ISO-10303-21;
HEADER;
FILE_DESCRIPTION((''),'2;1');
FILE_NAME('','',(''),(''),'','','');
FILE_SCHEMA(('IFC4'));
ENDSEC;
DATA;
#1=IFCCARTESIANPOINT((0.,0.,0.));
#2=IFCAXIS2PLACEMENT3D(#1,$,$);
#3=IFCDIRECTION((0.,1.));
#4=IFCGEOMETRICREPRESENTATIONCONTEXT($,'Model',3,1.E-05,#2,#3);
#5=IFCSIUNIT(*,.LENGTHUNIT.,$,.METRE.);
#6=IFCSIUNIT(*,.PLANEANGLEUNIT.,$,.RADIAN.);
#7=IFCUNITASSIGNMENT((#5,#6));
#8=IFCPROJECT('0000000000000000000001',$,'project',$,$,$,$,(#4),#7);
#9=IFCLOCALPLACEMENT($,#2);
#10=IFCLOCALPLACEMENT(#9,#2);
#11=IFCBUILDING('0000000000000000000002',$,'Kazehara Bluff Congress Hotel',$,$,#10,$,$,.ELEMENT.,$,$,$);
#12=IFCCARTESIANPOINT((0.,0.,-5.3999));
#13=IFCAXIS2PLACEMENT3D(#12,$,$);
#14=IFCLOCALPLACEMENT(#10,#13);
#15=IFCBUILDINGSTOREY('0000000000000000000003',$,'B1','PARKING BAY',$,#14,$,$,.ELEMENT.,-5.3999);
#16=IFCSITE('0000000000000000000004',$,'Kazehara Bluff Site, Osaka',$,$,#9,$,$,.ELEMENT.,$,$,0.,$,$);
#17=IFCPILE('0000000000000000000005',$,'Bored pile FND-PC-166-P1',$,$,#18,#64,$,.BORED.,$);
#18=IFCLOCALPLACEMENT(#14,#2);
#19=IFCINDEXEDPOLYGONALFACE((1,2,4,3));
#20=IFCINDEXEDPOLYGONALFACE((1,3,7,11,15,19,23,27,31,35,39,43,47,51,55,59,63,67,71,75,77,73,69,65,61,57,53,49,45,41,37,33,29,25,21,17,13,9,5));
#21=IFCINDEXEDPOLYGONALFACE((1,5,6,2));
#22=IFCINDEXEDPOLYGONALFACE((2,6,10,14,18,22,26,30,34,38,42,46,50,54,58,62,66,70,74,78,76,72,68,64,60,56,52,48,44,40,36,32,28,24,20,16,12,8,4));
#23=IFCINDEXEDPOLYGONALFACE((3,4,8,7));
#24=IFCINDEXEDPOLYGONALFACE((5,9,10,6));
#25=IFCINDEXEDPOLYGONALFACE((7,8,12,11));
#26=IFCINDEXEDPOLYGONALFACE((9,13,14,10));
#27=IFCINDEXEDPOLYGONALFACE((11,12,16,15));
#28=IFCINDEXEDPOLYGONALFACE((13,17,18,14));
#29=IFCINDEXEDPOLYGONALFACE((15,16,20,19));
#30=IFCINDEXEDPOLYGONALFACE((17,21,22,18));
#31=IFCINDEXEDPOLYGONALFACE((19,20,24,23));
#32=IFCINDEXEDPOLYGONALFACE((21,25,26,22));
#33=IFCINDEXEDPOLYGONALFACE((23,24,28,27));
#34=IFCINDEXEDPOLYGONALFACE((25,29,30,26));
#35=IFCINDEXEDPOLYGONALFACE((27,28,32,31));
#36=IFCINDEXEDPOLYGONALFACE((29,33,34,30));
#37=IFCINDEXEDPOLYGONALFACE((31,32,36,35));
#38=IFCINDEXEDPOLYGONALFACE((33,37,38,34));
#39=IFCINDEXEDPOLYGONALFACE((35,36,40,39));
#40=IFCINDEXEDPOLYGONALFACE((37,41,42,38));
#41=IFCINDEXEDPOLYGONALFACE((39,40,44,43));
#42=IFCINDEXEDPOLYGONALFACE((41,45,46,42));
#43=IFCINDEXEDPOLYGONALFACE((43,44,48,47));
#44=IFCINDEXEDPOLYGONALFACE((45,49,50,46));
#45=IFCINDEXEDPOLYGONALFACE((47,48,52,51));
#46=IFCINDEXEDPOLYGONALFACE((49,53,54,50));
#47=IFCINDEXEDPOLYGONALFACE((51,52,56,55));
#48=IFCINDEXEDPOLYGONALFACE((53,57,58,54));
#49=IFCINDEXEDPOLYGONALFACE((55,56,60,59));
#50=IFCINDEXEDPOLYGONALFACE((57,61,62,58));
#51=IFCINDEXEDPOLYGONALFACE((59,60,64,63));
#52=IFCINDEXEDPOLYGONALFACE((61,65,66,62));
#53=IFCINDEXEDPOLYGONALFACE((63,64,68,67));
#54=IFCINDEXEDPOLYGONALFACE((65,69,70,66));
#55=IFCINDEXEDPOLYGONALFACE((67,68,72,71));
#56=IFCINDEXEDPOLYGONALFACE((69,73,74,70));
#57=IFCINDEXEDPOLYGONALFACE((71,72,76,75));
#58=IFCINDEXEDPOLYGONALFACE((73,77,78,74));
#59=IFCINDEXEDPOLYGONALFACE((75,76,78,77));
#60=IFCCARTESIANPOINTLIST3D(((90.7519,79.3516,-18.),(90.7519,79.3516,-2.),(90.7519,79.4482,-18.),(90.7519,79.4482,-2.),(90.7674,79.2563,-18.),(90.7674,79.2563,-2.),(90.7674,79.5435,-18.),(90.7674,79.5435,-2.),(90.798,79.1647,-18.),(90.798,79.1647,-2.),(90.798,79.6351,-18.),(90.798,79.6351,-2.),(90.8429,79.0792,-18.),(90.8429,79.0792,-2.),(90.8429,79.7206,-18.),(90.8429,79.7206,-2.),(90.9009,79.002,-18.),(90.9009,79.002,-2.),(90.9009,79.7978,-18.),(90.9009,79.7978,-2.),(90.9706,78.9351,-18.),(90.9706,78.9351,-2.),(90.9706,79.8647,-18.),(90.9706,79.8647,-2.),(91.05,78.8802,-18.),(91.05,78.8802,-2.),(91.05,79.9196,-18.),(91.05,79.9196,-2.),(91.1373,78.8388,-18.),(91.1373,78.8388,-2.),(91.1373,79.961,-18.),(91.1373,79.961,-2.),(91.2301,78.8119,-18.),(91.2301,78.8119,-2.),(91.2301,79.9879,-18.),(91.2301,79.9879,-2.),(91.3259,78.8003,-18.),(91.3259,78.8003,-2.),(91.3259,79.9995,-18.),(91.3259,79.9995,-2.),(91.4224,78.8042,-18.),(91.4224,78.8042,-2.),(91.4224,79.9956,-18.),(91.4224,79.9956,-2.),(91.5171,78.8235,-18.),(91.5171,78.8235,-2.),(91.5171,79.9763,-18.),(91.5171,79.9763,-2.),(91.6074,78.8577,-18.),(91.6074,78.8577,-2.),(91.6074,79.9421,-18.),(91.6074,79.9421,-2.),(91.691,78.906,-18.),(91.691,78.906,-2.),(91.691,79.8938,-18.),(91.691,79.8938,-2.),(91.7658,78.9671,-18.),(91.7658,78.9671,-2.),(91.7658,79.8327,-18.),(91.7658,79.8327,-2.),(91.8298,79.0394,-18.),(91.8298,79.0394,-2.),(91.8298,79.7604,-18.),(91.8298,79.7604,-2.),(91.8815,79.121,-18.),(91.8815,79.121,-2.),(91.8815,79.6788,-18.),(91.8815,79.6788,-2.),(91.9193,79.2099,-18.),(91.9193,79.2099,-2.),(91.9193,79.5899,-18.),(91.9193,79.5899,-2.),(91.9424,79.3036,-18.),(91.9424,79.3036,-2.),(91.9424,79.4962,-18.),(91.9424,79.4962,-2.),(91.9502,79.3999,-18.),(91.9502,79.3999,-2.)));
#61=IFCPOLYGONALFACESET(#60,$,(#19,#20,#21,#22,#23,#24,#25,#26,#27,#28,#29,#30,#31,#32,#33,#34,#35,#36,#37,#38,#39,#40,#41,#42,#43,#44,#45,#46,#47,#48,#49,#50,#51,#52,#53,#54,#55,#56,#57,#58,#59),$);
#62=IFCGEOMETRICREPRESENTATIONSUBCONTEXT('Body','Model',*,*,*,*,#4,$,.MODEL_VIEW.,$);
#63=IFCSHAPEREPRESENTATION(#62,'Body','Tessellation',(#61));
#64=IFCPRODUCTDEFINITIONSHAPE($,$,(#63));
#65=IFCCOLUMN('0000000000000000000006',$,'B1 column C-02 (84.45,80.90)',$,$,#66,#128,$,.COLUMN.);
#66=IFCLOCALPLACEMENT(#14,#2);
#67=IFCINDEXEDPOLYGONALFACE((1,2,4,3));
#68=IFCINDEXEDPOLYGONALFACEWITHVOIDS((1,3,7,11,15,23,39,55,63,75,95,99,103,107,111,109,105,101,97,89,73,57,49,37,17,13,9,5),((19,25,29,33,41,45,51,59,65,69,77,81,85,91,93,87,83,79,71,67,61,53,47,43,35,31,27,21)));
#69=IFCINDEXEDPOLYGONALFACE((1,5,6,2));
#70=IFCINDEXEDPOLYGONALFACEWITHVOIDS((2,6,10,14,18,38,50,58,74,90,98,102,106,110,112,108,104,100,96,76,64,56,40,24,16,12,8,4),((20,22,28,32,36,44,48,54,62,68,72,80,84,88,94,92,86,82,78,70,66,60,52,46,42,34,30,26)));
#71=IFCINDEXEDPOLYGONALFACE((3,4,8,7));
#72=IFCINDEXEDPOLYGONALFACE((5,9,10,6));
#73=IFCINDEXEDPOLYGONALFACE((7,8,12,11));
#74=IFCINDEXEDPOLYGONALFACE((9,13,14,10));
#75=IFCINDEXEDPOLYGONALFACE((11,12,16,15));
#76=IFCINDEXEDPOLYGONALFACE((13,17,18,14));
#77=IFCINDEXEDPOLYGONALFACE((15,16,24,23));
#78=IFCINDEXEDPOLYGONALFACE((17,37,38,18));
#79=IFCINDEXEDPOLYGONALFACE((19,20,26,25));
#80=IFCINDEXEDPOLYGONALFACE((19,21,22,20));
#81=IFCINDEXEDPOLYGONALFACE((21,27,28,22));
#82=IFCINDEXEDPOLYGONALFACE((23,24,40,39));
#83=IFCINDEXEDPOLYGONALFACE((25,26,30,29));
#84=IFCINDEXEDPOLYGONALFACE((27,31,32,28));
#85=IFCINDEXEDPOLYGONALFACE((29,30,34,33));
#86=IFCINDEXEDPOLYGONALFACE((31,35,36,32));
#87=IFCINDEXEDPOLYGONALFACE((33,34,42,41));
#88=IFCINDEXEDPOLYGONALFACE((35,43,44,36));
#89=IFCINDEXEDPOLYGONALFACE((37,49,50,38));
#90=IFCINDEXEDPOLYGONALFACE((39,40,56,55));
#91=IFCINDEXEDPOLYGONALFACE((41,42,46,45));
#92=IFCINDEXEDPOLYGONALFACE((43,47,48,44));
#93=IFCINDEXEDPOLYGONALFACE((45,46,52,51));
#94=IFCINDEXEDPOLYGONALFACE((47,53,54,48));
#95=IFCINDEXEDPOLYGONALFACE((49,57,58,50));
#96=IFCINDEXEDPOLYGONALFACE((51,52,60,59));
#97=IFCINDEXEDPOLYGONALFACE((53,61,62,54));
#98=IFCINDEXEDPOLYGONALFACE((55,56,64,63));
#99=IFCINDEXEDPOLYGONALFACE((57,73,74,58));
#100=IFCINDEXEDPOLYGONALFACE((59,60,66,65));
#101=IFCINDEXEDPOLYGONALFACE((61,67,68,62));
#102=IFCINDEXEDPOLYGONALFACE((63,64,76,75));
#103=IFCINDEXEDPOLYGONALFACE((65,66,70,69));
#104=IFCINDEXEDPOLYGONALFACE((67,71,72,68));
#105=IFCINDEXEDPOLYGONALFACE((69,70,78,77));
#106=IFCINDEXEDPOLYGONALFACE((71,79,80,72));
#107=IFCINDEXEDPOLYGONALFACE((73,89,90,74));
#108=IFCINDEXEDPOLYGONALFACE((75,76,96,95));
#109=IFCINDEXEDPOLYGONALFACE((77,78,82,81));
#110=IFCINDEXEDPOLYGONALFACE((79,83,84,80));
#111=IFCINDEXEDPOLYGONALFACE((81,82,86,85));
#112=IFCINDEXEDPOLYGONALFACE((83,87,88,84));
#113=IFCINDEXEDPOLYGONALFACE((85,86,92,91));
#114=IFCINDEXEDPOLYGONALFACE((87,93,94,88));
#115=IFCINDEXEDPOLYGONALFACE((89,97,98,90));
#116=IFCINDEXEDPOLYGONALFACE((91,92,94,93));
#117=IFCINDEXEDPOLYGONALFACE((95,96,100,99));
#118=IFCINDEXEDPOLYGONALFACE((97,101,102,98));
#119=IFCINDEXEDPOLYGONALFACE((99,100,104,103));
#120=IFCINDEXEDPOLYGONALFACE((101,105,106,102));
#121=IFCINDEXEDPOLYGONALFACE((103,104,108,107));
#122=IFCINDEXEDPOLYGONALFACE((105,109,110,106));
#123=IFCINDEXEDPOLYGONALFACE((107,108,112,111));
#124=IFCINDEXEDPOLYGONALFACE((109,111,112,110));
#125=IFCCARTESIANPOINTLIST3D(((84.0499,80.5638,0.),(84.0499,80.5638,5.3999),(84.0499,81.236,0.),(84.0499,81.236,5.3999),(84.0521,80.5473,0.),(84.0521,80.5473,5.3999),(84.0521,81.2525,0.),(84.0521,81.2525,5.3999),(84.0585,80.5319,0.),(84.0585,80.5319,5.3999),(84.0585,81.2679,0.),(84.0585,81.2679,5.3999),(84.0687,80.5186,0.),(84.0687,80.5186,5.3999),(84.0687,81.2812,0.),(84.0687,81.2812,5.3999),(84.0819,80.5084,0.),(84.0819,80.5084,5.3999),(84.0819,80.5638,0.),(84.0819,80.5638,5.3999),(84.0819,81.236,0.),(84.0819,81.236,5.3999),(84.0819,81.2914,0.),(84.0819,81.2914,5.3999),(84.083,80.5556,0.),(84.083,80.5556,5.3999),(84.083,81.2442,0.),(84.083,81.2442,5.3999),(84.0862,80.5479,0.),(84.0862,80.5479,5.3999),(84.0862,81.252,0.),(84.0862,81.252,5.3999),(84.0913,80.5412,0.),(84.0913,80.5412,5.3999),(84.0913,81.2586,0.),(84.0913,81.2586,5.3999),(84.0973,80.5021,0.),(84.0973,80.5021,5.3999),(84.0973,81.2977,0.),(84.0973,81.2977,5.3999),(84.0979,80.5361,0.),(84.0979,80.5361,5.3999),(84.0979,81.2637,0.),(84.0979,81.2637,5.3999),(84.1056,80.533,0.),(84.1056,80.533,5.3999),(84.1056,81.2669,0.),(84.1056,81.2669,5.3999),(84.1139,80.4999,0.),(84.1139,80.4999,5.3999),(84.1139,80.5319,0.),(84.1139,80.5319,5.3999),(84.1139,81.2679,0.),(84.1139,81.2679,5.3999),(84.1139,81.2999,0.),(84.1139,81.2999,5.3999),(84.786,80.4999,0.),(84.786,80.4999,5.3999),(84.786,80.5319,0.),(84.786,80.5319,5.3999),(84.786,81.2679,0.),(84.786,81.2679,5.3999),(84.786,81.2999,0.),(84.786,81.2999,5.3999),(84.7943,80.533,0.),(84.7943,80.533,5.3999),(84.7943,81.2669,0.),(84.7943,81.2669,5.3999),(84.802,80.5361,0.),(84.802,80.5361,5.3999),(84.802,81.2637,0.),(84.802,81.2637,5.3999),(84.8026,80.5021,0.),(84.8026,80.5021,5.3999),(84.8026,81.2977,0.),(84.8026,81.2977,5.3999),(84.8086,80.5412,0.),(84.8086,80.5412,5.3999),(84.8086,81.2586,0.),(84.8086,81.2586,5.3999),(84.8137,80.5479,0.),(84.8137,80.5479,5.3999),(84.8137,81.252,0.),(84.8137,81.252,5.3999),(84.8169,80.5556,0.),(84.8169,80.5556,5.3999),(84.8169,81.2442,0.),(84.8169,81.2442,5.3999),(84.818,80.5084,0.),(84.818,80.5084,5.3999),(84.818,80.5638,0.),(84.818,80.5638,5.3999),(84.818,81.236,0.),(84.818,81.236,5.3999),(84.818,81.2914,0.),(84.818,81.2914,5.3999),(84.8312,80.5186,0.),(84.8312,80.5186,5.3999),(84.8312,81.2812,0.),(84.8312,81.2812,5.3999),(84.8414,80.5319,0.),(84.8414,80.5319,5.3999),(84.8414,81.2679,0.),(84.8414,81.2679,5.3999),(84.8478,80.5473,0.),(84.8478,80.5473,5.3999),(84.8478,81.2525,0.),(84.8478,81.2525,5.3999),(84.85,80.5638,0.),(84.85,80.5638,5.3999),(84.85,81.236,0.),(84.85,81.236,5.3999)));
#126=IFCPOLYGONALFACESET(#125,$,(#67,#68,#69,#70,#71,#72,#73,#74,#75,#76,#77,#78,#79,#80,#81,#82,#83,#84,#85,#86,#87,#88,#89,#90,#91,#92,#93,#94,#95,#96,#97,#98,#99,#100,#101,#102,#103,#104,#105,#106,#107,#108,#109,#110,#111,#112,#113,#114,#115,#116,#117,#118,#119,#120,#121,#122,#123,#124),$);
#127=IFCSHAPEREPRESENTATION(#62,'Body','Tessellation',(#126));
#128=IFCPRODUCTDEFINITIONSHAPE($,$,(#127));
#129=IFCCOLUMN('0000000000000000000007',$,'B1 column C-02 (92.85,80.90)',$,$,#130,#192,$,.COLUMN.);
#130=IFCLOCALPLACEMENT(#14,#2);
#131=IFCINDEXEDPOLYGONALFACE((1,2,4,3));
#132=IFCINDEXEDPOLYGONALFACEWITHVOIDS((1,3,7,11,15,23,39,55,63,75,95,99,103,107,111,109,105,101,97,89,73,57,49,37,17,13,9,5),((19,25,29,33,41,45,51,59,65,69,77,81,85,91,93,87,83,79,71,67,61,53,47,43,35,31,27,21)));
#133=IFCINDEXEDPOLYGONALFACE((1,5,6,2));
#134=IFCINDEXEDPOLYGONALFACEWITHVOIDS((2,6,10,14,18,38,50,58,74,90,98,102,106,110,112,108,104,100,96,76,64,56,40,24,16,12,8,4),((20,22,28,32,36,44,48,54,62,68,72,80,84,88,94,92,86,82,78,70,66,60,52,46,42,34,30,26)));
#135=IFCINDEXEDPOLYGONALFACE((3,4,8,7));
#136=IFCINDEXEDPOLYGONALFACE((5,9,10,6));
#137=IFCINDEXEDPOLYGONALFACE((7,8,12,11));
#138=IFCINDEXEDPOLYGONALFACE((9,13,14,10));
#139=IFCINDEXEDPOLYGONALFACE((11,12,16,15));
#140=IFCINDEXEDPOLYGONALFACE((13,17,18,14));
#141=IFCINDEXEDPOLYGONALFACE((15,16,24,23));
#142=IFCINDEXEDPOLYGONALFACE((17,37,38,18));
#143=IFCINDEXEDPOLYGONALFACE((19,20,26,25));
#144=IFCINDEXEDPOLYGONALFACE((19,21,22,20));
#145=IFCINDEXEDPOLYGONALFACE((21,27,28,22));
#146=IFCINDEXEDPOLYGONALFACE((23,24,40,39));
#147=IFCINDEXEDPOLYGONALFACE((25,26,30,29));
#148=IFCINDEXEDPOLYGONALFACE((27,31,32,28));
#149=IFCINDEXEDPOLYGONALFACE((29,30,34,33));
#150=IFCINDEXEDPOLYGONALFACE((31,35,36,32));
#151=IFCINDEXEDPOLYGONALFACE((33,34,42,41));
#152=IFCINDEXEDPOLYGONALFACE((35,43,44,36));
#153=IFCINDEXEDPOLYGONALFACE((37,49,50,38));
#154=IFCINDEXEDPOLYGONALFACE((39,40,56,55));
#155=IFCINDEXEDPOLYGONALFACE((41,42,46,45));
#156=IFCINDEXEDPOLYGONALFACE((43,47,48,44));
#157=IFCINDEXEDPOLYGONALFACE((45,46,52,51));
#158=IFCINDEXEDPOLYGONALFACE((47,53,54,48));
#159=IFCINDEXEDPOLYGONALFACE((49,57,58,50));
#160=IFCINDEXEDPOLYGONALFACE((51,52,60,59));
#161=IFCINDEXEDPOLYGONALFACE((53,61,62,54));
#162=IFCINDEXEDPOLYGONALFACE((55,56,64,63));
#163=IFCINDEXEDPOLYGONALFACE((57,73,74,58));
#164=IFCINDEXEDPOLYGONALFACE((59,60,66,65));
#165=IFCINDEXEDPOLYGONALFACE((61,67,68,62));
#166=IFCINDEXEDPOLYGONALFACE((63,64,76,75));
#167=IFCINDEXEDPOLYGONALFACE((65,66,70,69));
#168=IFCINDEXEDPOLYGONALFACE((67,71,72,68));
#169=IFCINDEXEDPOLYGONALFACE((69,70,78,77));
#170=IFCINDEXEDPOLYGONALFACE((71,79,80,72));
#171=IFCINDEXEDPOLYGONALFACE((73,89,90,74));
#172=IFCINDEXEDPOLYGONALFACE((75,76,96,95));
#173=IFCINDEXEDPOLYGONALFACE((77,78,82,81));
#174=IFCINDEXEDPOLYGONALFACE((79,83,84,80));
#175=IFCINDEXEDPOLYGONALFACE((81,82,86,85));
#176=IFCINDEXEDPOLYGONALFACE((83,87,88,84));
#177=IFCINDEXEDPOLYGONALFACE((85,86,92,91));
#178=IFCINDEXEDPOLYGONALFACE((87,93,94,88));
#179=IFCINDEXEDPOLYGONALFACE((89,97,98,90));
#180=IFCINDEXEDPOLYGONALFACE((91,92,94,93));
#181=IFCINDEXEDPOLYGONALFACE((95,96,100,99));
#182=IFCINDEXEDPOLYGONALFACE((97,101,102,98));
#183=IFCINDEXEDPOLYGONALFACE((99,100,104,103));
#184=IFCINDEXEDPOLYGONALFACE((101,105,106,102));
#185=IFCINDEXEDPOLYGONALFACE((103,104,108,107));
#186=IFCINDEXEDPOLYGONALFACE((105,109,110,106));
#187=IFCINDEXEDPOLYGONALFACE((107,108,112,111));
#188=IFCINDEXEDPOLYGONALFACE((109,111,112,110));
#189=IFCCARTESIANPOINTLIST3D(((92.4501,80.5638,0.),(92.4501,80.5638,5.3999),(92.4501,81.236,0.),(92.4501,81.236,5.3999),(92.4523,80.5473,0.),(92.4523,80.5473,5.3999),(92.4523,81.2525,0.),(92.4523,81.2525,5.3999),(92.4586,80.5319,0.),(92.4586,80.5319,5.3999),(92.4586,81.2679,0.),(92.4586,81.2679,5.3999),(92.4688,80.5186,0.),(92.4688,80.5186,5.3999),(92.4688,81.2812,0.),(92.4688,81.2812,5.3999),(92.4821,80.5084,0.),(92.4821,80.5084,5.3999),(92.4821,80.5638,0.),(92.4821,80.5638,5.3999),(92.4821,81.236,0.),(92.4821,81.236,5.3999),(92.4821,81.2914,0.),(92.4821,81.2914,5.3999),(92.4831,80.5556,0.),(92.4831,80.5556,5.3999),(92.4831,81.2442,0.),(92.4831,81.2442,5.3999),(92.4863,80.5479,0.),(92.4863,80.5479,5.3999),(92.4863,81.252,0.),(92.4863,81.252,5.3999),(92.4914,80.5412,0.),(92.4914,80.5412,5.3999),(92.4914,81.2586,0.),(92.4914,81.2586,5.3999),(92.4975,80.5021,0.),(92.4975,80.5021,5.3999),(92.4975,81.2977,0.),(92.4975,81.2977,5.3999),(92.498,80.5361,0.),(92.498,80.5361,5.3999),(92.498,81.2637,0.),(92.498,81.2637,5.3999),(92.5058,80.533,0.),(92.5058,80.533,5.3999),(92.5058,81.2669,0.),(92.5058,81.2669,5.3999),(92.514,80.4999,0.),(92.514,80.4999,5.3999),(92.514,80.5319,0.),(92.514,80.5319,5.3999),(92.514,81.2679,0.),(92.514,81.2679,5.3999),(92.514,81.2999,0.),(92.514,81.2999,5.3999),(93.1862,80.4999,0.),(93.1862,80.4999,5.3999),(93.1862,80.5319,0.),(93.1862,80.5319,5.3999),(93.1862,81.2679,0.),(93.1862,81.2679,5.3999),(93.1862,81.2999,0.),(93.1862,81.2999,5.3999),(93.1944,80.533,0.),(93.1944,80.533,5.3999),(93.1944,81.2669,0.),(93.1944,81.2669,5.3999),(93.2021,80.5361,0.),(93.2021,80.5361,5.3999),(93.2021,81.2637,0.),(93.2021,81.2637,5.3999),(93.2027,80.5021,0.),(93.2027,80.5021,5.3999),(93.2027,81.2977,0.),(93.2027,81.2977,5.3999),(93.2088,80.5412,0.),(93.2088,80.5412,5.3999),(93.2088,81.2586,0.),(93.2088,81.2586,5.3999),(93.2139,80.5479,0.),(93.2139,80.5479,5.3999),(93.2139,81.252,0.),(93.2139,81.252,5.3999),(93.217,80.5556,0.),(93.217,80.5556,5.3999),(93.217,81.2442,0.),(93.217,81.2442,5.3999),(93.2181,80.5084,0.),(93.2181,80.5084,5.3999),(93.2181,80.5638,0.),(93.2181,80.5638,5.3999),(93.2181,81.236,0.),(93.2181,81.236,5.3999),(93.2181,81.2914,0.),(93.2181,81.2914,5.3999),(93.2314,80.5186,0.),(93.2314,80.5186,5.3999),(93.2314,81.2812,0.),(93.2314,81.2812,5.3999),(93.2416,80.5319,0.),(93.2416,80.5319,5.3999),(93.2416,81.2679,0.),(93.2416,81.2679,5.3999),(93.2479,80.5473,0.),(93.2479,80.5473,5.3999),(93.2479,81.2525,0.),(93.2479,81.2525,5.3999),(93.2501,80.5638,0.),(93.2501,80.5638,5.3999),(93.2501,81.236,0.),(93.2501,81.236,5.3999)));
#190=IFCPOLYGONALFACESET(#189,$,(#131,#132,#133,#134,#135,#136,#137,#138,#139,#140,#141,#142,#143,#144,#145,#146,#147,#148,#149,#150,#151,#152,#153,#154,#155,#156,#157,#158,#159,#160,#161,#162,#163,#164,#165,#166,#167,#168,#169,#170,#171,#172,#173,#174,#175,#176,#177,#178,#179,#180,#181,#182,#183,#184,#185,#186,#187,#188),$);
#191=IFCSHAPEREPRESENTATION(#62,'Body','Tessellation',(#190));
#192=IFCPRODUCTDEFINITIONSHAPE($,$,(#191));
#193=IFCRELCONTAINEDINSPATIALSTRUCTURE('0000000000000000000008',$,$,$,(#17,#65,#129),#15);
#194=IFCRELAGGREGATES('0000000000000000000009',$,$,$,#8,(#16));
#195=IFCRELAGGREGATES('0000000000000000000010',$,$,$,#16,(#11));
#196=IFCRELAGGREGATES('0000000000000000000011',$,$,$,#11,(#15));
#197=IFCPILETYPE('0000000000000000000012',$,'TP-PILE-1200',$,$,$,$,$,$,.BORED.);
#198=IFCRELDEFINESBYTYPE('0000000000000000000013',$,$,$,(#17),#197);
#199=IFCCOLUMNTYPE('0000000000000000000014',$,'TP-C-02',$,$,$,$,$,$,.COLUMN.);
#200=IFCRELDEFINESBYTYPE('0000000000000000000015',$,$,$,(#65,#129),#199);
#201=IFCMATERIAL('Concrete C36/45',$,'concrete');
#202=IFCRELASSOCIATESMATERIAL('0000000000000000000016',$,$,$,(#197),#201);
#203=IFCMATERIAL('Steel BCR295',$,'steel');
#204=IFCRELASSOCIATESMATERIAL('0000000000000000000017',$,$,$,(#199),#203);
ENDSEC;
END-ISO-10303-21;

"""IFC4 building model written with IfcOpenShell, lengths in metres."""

from ifc_helpers import new_model, si_unit, direction, frame, origin, origin_2d, place, context, subcontext, project, spatial, hollow_rectangle, circle, extrude, material, material_profile, profile_set, type_object, element, save


model = new_model("IFC4")

# Units and contexts
model_context = context("Model", 3, precision=1e-05, world=origin(), true_north=direction((0.0, 1.0)))
body_context = subcontext(model_context, "Body", "Model", "MODEL_VIEW")
ifc_project = project(units=[si_unit("LENGTHUNIT", "METRE"), si_unit("PLANEANGLEUNIT", "RADIAN")], contexts=[model_context])

# Site, building, storey
site_placement = place(None, origin())
site = spatial("IfcSite", under=ifc_project, at=site_placement, Name="Kazehara Bluff Site, Osaka", CompositionType="ELEMENT", RefElevation=0.0)
building_placement = place(site_placement, origin())
building = spatial("IfcBuilding", under=site, at=building_placement, Name="Kazehara Bluff Congress Hotel", CompositionType="ELEMENT")
storey_placement = place(building_placement, frame((0.0, 0.0, -5.3999)))
storey = spatial("IfcBuildingStorey", under=building, at=storey_placement, Name="B1", Description="PARKING BAY", CompositionType="ELEMENT", Elevation=-5.3999)

# Pile
ifc_material_1 = material(Name="Concrete C36/45", Category="concrete")
ifc_material_profile_1 = material_profile(ifc_material_1, circle(Radius=0.6001, at=origin_2d()))
ifc_profile_set_1 = profile_set([ifc_material_profile_1], Name="Concrete C36/45")
pile_type = type_object("IfcPileType", Name="TP-PILE-1200", PredefinedType="BORED", material=ifc_profile_set_1)
for number, where, z_axis, x_axis, name in (
    (1, (91.3501, 79.3999, -2.0), (0.0, 0.0, -1.0), (1.0, 0.0, 0.0), "Bored pile FND-PC-166-P1"),
):
    element("IfcPile", number, at=place(storey_placement, frame(where, z_axis=z_axis, x_axis=x_axis)), inside=storey, type_object=pile_type, Name=name, PredefinedType="BORED", context=body_context, shape_type="SweptSolid", body=[
        extrude(circle(Radius=0.6001, at=origin_2d()), origin(), (0.0, 0.0, 1.0), 16.0),
    ])

# Columns
ifc_material_2 = material(Name="Steel BCR295", Category="steel")
ifc_material_profile_2 = material_profile(ifc_material_2, hollow_rectangle(XDim=0.8, YDim=0.8, WallThickness=0.032, InnerFilletRadius=0.032, OuterFilletRadius=0.064, at=origin_2d()))
ifc_profile_set_2 = profile_set([ifc_material_profile_2], Name="Steel BCR295")
column_type_1 = type_object("IfcColumnType", Name="TP-C-02", PredefinedType="COLUMN", material=ifc_profile_set_2)
for number, where, z_axis, x_axis, name in (
    (2, (84.45, 80.8999, 0.0), (0.0, 0.0, 1.0), (1.0, 0.0, 0.0), "B1 column C-02 (84.45,80.90)"),
    (3, (92.8501, 80.8999, 0.0), (0.0, 0.0, 1.0), (1.0, 0.0, 0.0), "B1 column C-02 (92.85,80.90)"),
):
    element("IfcColumn", number, at=place(storey_placement, frame(where, z_axis=z_axis, x_axis=x_axis)), inside=storey, type_object=column_type_1, Name=name, PredefinedType="COLUMN", context=body_context, shape_type="SweptSolid", body=[
        extrude(hollow_rectangle(XDim=0.8, YDim=0.8, WallThickness=0.032, InnerFilletRadius=0.032, OuterFilletRadius=0.064, at=origin_2d()), origin(), (0.0, 0.0, 1.0), 5.3999),
    ])

save(model, "model.ifc")
